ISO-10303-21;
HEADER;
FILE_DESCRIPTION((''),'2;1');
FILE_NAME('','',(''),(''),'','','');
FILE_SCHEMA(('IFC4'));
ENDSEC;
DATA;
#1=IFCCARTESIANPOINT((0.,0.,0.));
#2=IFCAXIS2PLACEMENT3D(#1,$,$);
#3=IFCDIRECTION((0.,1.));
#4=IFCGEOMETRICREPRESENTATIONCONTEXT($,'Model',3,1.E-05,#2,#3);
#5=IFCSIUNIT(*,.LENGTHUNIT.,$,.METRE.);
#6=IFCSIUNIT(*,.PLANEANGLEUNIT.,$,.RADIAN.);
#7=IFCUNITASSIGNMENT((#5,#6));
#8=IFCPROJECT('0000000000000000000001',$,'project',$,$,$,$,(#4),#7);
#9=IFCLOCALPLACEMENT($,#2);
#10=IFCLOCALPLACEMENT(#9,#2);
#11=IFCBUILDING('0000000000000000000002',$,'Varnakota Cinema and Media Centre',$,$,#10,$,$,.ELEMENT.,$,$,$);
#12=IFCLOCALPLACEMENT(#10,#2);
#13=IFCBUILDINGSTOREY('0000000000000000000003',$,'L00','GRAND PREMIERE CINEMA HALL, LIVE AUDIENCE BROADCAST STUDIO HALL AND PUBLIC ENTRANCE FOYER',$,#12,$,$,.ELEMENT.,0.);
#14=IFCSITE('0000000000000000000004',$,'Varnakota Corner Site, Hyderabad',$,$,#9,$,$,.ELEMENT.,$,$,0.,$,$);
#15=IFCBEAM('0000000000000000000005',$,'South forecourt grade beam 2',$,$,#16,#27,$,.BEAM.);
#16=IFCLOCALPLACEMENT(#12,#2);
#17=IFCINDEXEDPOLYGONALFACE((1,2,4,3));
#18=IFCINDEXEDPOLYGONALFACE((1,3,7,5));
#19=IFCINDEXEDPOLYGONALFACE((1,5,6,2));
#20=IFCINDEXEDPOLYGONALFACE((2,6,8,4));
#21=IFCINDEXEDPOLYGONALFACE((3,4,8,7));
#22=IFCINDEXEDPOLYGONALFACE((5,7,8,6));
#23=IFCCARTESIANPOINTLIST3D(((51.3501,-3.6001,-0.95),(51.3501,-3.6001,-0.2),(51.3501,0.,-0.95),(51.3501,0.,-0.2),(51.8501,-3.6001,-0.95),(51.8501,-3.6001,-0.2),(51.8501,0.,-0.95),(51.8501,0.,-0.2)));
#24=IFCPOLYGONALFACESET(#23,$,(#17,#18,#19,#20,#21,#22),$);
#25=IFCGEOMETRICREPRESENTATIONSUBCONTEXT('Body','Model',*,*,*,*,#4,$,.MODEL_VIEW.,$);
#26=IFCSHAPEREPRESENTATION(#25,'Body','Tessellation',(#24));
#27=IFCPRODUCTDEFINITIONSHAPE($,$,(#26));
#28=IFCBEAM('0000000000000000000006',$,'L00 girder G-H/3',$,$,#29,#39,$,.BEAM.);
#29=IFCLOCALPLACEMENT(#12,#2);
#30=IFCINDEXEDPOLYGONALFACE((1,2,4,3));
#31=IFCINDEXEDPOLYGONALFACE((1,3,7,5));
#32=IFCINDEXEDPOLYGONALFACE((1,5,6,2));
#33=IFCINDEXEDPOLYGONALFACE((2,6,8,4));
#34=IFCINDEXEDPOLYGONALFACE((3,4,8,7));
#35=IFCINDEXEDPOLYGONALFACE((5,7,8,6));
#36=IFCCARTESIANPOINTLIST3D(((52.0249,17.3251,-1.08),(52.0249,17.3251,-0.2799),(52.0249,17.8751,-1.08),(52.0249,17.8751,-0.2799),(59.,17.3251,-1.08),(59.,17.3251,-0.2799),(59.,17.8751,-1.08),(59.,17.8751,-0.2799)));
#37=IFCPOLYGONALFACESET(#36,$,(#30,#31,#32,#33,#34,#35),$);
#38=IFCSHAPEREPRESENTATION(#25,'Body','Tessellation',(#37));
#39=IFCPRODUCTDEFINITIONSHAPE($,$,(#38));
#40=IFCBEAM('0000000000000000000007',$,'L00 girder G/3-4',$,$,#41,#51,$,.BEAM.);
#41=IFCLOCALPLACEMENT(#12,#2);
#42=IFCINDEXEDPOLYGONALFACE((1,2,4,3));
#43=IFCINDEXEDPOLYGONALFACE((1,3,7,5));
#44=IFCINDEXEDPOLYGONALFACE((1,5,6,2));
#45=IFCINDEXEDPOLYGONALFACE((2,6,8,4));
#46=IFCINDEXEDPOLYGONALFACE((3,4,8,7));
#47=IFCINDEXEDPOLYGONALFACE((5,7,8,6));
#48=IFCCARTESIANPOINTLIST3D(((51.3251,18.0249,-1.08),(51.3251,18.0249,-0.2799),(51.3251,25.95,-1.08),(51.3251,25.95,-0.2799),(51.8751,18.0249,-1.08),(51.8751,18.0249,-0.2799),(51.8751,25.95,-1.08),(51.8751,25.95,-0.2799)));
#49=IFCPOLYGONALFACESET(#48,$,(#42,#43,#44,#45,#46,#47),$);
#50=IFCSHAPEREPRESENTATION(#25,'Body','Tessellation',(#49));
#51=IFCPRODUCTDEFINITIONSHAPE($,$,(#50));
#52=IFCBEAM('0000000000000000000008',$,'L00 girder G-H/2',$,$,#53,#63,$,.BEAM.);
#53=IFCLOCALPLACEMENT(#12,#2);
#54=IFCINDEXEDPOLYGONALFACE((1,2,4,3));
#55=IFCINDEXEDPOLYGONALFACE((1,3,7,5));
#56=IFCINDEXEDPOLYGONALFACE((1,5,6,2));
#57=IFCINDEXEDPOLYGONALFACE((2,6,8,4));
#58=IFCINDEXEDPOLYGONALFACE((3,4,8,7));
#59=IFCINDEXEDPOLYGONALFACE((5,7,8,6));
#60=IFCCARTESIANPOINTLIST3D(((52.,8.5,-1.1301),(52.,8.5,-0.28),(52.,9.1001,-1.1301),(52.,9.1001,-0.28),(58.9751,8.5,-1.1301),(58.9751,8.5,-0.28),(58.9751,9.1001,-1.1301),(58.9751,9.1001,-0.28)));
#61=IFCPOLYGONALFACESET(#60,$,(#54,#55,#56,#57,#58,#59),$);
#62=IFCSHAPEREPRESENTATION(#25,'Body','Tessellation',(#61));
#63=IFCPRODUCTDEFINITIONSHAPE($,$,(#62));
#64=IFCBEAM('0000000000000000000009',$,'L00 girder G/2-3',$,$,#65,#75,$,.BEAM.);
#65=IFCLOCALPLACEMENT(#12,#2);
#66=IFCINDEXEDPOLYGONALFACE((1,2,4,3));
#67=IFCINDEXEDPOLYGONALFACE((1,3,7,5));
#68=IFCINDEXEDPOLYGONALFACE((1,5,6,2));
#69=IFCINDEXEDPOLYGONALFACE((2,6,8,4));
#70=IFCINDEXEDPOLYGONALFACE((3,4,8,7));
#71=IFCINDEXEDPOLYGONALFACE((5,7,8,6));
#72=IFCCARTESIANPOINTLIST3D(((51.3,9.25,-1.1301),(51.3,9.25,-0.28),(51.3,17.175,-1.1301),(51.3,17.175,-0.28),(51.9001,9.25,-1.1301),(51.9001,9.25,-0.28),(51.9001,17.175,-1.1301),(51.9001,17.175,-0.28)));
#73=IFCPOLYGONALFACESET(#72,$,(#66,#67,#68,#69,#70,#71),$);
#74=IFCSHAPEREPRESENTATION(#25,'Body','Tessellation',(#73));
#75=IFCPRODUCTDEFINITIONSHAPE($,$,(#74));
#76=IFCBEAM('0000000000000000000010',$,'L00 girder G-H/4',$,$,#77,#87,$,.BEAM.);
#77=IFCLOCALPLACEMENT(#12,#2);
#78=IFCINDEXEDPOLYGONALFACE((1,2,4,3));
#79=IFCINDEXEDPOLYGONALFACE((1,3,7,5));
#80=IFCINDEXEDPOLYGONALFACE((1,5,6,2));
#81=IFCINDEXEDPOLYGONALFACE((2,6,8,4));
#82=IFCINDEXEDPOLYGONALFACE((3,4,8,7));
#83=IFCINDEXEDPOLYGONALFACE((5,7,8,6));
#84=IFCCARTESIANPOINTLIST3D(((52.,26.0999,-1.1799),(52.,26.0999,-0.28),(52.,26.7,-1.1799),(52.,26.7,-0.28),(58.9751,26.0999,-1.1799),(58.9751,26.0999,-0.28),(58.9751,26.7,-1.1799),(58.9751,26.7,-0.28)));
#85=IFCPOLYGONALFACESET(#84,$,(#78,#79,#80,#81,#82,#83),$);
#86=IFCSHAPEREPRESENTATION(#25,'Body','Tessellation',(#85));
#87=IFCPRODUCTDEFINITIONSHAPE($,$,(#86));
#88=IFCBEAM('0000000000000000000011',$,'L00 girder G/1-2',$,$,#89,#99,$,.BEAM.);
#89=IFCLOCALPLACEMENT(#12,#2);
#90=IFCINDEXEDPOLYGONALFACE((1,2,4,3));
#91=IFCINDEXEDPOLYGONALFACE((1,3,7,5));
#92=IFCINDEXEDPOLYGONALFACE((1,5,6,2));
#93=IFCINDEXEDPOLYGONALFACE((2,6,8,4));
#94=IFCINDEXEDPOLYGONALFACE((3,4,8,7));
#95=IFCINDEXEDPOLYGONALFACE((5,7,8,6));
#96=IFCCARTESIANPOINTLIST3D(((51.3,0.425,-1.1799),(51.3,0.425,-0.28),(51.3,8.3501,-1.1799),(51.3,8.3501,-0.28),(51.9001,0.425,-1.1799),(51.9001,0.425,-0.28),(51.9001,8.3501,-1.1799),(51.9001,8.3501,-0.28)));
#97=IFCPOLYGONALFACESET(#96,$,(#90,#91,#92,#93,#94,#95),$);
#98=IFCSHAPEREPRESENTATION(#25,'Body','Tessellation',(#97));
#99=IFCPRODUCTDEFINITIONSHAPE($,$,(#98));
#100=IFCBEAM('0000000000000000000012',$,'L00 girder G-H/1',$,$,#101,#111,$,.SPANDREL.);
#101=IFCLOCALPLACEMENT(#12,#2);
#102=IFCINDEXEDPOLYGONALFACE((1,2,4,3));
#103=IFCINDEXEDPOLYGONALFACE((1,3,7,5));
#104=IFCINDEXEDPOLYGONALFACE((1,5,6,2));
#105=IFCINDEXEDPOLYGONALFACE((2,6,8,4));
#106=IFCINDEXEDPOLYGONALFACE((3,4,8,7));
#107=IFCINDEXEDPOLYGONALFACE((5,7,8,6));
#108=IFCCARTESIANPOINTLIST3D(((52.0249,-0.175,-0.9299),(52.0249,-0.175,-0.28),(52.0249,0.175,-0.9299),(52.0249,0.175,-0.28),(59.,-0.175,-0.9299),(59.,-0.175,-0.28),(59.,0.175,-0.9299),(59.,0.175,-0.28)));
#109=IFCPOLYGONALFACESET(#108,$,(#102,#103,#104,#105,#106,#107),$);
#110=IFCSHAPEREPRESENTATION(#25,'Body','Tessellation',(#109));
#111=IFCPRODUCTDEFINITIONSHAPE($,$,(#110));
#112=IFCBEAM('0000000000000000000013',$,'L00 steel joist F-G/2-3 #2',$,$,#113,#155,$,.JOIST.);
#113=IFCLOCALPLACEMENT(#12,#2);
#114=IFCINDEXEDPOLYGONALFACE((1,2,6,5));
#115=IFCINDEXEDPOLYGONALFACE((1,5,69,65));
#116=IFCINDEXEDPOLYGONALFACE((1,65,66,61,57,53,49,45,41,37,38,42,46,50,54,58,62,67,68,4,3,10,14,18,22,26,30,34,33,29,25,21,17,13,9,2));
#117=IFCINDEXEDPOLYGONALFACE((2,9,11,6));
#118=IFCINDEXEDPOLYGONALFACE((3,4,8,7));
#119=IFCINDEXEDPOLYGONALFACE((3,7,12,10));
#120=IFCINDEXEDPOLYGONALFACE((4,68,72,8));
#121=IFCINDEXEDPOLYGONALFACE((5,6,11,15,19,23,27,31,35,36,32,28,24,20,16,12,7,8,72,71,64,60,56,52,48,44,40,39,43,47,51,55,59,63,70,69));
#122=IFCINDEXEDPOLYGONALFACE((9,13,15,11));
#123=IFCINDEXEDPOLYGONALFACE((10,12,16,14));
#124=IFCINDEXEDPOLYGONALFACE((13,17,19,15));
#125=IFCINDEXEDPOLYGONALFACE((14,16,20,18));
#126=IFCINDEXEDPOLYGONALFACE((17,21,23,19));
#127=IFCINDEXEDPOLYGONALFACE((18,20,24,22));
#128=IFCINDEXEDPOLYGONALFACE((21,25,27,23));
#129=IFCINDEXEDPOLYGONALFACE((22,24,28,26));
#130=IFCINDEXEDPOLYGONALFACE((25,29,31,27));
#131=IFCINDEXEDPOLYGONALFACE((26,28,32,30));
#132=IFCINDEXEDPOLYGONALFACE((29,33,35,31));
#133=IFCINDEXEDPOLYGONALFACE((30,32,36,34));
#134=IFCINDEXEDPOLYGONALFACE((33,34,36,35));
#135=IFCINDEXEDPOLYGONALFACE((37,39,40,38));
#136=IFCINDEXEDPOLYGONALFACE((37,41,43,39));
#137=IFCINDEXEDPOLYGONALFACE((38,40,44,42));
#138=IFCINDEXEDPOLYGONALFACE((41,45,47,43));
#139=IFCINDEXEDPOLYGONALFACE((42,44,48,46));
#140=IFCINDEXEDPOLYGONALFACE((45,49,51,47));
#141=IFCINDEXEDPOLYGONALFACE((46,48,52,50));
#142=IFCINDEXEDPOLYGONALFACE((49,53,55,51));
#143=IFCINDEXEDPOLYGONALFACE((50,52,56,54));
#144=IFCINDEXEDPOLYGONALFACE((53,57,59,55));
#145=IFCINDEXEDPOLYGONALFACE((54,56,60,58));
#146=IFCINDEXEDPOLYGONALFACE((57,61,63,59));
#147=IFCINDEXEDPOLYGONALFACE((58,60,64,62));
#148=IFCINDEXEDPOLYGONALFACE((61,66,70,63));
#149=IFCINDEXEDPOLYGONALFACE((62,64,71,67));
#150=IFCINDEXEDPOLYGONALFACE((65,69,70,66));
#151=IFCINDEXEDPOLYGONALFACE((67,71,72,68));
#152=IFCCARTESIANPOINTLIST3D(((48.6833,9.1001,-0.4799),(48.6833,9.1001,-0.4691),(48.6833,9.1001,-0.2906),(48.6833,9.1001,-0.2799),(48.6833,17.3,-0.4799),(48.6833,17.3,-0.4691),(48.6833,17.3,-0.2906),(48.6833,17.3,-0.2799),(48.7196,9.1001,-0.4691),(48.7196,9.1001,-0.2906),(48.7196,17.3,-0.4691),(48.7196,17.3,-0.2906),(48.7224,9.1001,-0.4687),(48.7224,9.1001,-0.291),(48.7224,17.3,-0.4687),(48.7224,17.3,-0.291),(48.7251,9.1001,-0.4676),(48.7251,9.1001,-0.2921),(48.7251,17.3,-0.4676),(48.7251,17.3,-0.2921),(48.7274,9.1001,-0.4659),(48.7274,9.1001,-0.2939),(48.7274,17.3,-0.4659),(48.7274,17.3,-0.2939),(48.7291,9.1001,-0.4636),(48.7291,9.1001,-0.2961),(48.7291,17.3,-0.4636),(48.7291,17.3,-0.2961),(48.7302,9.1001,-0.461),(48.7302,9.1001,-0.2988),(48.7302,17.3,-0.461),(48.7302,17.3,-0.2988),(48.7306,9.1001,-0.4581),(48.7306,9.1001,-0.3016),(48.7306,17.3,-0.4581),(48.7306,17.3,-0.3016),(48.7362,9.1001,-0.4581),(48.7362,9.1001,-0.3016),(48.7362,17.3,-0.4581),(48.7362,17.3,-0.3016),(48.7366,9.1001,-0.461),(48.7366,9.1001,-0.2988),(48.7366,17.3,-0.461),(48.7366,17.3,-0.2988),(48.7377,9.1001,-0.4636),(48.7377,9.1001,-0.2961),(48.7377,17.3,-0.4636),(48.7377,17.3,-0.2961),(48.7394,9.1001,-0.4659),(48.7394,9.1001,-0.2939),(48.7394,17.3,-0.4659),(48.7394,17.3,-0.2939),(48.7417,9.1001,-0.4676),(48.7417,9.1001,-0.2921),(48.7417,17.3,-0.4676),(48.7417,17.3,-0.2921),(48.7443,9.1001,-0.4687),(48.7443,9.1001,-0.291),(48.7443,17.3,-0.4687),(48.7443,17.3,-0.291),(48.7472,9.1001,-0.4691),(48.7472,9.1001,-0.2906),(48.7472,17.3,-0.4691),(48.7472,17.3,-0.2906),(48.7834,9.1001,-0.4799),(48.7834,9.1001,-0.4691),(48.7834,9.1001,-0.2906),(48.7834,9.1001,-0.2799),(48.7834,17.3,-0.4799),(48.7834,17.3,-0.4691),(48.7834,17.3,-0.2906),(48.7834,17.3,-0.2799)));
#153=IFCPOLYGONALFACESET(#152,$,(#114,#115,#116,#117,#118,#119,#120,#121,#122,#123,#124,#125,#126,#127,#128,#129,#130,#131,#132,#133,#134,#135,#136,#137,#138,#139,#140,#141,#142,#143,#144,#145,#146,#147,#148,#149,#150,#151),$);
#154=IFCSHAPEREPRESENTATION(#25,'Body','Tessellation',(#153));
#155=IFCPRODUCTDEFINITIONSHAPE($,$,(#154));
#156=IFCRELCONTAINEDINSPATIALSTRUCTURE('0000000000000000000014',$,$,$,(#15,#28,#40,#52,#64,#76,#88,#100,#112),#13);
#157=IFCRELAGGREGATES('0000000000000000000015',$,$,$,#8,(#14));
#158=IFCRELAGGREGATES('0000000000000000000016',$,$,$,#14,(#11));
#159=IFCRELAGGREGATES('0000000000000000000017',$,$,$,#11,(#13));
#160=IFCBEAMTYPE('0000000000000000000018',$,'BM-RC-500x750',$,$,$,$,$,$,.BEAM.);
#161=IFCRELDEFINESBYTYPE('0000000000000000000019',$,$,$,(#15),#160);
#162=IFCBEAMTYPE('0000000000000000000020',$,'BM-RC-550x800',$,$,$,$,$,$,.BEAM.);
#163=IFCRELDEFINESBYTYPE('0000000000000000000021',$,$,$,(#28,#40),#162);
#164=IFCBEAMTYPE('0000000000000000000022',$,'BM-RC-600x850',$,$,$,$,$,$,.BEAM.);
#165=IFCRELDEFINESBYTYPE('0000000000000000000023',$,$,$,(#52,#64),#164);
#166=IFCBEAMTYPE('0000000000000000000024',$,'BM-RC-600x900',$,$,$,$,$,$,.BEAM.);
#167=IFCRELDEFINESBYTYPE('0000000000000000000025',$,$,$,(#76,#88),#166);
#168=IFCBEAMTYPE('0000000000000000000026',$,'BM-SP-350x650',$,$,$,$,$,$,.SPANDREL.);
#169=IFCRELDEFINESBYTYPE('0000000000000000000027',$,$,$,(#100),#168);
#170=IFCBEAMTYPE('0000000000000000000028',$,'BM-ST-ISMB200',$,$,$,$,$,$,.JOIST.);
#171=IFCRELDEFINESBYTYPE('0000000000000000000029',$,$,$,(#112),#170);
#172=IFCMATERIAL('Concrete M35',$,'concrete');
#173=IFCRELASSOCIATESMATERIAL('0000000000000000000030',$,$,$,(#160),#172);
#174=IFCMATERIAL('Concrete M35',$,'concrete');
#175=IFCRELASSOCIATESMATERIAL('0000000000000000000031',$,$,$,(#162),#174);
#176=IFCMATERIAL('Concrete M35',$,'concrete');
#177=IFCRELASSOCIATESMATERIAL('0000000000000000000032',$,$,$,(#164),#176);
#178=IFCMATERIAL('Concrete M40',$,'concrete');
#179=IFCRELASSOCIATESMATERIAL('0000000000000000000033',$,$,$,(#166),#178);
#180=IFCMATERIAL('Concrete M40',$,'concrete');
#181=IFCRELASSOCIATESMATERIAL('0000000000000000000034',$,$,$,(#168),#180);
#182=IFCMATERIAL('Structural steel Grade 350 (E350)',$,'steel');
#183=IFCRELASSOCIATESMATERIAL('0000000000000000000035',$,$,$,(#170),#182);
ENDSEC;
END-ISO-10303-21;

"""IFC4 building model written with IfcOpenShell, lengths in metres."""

from ifc_helpers import new_model, si_unit, direction, frame, origin, origin_2d, place, context, subcontext, project, spatial, rectangle, i_section, extrude, material, material_profile, profile_set, type_object, element, save


model = new_model("IFC4")

# Units and contexts
model_context = context("Model", 3, precision=1e-05, world=origin(), true_north=direction((0.0, 1.0)))
body_context = subcontext(model_context, "Body", "Model", "MODEL_VIEW")
ifc_project = project(units=[si_unit("LENGTHUNIT", "METRE"), si_unit("PLANEANGLEUNIT", "RADIAN")], contexts=[model_context])

# Site, building, storey
site_placement = place(None, origin())
site = spatial("IfcSite", under=ifc_project, at=site_placement, Name="Varnakota Corner Site, Hyderabad", CompositionType="ELEMENT", RefElevation=0.0)
building_placement = place(site_placement, origin())
building = spatial("IfcBuilding", under=site, at=building_placement, Name="Varnakota Cinema and Media Centre", CompositionType="ELEMENT")
storey_placement = place(building_placement, origin())
storey = spatial("IfcBuildingStorey", under=building, at=storey_placement, Name="L00", Description="GRAND PREMIERE CINEMA HALL, LIVE AUDIENCE BROADCAST STUDIO HALL AND PUBLIC ENTRANCE FOYER", CompositionType="ELEMENT", Elevation=0.0)

# Beams
ifc_material_1 = material(Name="Concrete M35", Category="concrete")
ifc_material_profile_1 = material_profile(ifc_material_1, rectangle(XDim=0.5, YDim=0.75, at=origin_2d()), Name="RCB 500x750")
ifc_profile_set_1 = profile_set([ifc_material_profile_1], Name="Concrete M35")
beam_type_1 = type_object("IfcBeamType", Name="BM-RC-500x750", PredefinedType="BEAM", material=ifc_profile_set_1)
beam_1_placement = place(storey_placement, frame((51.6001, 0.0, -0.575), z_axis=(0.0, -1.0, 0.0), x_axis=(1.0, 0.0, 0.0)))
element("IfcBeam", 1, at=beam_1_placement, inside=storey, type_object=beam_type_1, Name="South forecourt grade beam 2", PredefinedType="BEAM", context=body_context, shape_type="SweptSolid", body=[
    extrude(rectangle(XDim=0.5, YDim=0.75, at=origin_2d()), origin(), (0.0, 0.0, 1.0), 3.6001),
])
ifc_material_2 = material(Name="Concrete M35", Category="concrete")
ifc_material_profile_2 = material_profile(ifc_material_2, rectangle(XDim=0.55, YDim=0.8, at=origin_2d()), Name="RCB 550x800")
ifc_profile_set_2 = profile_set([ifc_material_profile_2], Name="Concrete M35")
beam_type_2 = type_object("IfcBeamType", Name="BM-RC-550x800", PredefinedType="BEAM", material=ifc_profile_set_2)
beam_2_placement = place(storey_placement, frame((52.0249, 17.6001, -0.6799), z_axis=(1.0, 0.0, 0.0), x_axis=(0.0, 1.0, 0.0)))
element("IfcBeam", 2, at=beam_2_placement, inside=storey, type_object=beam_type_2, Name="L00 girder G-H/3", PredefinedType="BEAM", context=body_context, shape_type="SweptSolid", body=[
    extrude(rectangle(XDim=0.55, YDim=0.8, at=origin_2d()), origin(), (0.0, 0.0, 1.0), 6.9751),
])
beam_3_placement = place(storey_placement, frame((51.6001, 18.0249, -0.6799), z_axis=(0.0, 1.0, 0.0), x_axis=(-1.0, 0.0, 0.0)))
element("IfcBeam", 3, at=beam_3_placement, inside=storey, type_object=beam_type_2, Name="L00 girder G/3-4", PredefinedType="BEAM", context=body_context, shape_type="SweptSolid", body=[
    extrude(rectangle(XDim=0.55, YDim=0.8, at=origin_2d()), origin(), (0.0, 0.0, 1.0), 7.925),
])
ifc_material_3 = material(Name="Concrete M35", Category="concrete")
ifc_material_profile_3 = material_profile(ifc_material_3, rectangle(XDim=0.6001, YDim=0.8501, at=origin_2d()), Name="RCB 600x850")
ifc_profile_set_3 = profile_set([ifc_material_profile_3], Name="Concrete M35")
beam_type_3 = type_object("IfcBeamType", Name="BM-RC-600x850", PredefinedType="BEAM", material=ifc_profile_set_3)
beam_4_placement = place(storey_placement, frame((52.0, 8.8, -0.7051), z_axis=(1.0, 0.0, 0.0), x_axis=(0.0, 1.0, 0.0)))
element("IfcBeam", 4, at=beam_4_placement, inside=storey, type_object=beam_type_3, Name="L00 girder G-H/2", PredefinedType="BEAM", context=body_context, shape_type="SweptSolid", body=[
    extrude(rectangle(XDim=0.6001, YDim=0.8501, at=origin_2d()), origin(), (0.0, 0.0, 1.0), 6.9751),
])
beam_5_placement = place(storey_placement, frame((51.6001, 9.25, -0.7051), z_axis=(0.0, 1.0, 0.0), x_axis=(-1.0, 0.0, 0.0)))
element("IfcBeam", 5, at=beam_5_placement, inside=storey, type_object=beam_type_3, Name="L00 girder G/2-3", PredefinedType="BEAM", context=body_context, shape_type="SweptSolid", body=[
    extrude(rectangle(XDim=0.6001, YDim=0.8501, at=origin_2d()), origin(), (0.0, 0.0, 1.0), 7.925),
])
ifc_material_4 = material(Name="Concrete M40", Category="concrete")
ifc_material_profile_4 = material_profile(ifc_material_4, rectangle(XDim=0.6001, YDim=0.8999, at=origin_2d()), Name="RCB 600x900")
ifc_profile_set_4 = profile_set([ifc_material_profile_4], Name="Concrete M40")
beam_type_4 = type_object("IfcBeamType", Name="BM-RC-600x900", PredefinedType="BEAM", material=ifc_profile_set_4)
beam_6_placement = place(storey_placement, frame((52.0, 26.3999, -0.73), z_axis=(1.0, 0.0, 0.0), x_axis=(0.0, 1.0, 0.0)))
element("IfcBeam", 6, at=beam_6_placement, inside=storey, type_object=beam_type_4, Name="L00 girder G-H/4", PredefinedType="BEAM", context=body_context, shape_type="SweptSolid", body=[
    extrude(rectangle(XDim=0.6001, YDim=0.8999, at=origin_2d()), origin(), (0.0, 0.0, 1.0), 6.9751),
])
beam_7_placement = place(storey_placement, frame((51.6001, 0.425, -0.73), z_axis=(0.0, 1.0, 0.0), x_axis=(-1.0, 0.0, 0.0)))
element("IfcBeam", 7, at=beam_7_placement, inside=storey, type_object=beam_type_4, Name="L00 girder G/1-2", PredefinedType="BEAM", context=body_context, shape_type="SweptSolid", body=[
    extrude(rectangle(XDim=0.6001, YDim=0.8999, at=origin_2d()), origin(), (0.0, 0.0, 1.0), 7.925),
])
ifc_material_5 = material(Name="Concrete M40", Category="concrete")
ifc_material_profile_5 = material_profile(ifc_material_5, rectangle(XDim=0.3501, YDim=0.6499, at=origin_2d()), Name="RCB 350x650")
ifc_profile_set_5 = profile_set([ifc_material_profile_5], Name="Concrete M40")
beam_type_5 = type_object("IfcBeamType", Name="BM-SP-350x650", PredefinedType="SPANDREL", material=ifc_profile_set_5)
beam_8_placement = place(storey_placement, frame((52.0249, 0.0, -0.605), z_axis=(1.0, 0.0, 0.0), x_axis=(0.0, 1.0, 0.0)))
element("IfcBeam", 8, at=beam_8_placement, inside=storey, type_object=beam_type_5, Name="L00 girder G-H/1", PredefinedType="SPANDREL", context=body_context, shape_type="SweptSolid", body=[
    extrude(rectangle(XDim=0.3501, YDim=0.6499, at=origin_2d()), origin(), (0.0, 0.0, 1.0), 6.9751),
])
ifc_material_6 = material(Name="Structural steel Grade 350 (E350)", Category="steel")
ifc_material_profile_6 = material_profile(ifc_material_6, i_section(OverallWidth=0.1001, OverallDepth=0.2, WebThickness=0.0056, FlangeThickness=0.0107, FilletRadius=0.011, at=origin_2d()), Name="ISMB 200")
ifc_profile_set_6 = profile_set([ifc_material_profile_6], Name="Structural steel Grade 350 (E350)")
beam_type_6 = type_object("IfcBeamType", Name="BM-ST-ISMB200", PredefinedType="JOIST", material=ifc_profile_set_6)
beam_9_placement = place(storey_placement, frame((48.7334, 9.1001, -0.3799), z_axis=(0.0, 1.0, 0.0), x_axis=(-1.0, 0.0, 0.0)))
element("IfcBeam", 9, at=beam_9_placement, inside=storey, type_object=beam_type_6, Name="L00 steel joist F-G/2-3 #2", PredefinedType="JOIST", context=body_context, shape_type="SweptSolid", body=[
    extrude(i_section(OverallWidth=0.1001, OverallDepth=0.2, WebThickness=0.0056, FlangeThickness=0.0107, FilletRadius=0.011, at=origin_2d()), origin(), (0.0, 0.0, 1.0), 8.2),
])

save(model, "model.ifc")
